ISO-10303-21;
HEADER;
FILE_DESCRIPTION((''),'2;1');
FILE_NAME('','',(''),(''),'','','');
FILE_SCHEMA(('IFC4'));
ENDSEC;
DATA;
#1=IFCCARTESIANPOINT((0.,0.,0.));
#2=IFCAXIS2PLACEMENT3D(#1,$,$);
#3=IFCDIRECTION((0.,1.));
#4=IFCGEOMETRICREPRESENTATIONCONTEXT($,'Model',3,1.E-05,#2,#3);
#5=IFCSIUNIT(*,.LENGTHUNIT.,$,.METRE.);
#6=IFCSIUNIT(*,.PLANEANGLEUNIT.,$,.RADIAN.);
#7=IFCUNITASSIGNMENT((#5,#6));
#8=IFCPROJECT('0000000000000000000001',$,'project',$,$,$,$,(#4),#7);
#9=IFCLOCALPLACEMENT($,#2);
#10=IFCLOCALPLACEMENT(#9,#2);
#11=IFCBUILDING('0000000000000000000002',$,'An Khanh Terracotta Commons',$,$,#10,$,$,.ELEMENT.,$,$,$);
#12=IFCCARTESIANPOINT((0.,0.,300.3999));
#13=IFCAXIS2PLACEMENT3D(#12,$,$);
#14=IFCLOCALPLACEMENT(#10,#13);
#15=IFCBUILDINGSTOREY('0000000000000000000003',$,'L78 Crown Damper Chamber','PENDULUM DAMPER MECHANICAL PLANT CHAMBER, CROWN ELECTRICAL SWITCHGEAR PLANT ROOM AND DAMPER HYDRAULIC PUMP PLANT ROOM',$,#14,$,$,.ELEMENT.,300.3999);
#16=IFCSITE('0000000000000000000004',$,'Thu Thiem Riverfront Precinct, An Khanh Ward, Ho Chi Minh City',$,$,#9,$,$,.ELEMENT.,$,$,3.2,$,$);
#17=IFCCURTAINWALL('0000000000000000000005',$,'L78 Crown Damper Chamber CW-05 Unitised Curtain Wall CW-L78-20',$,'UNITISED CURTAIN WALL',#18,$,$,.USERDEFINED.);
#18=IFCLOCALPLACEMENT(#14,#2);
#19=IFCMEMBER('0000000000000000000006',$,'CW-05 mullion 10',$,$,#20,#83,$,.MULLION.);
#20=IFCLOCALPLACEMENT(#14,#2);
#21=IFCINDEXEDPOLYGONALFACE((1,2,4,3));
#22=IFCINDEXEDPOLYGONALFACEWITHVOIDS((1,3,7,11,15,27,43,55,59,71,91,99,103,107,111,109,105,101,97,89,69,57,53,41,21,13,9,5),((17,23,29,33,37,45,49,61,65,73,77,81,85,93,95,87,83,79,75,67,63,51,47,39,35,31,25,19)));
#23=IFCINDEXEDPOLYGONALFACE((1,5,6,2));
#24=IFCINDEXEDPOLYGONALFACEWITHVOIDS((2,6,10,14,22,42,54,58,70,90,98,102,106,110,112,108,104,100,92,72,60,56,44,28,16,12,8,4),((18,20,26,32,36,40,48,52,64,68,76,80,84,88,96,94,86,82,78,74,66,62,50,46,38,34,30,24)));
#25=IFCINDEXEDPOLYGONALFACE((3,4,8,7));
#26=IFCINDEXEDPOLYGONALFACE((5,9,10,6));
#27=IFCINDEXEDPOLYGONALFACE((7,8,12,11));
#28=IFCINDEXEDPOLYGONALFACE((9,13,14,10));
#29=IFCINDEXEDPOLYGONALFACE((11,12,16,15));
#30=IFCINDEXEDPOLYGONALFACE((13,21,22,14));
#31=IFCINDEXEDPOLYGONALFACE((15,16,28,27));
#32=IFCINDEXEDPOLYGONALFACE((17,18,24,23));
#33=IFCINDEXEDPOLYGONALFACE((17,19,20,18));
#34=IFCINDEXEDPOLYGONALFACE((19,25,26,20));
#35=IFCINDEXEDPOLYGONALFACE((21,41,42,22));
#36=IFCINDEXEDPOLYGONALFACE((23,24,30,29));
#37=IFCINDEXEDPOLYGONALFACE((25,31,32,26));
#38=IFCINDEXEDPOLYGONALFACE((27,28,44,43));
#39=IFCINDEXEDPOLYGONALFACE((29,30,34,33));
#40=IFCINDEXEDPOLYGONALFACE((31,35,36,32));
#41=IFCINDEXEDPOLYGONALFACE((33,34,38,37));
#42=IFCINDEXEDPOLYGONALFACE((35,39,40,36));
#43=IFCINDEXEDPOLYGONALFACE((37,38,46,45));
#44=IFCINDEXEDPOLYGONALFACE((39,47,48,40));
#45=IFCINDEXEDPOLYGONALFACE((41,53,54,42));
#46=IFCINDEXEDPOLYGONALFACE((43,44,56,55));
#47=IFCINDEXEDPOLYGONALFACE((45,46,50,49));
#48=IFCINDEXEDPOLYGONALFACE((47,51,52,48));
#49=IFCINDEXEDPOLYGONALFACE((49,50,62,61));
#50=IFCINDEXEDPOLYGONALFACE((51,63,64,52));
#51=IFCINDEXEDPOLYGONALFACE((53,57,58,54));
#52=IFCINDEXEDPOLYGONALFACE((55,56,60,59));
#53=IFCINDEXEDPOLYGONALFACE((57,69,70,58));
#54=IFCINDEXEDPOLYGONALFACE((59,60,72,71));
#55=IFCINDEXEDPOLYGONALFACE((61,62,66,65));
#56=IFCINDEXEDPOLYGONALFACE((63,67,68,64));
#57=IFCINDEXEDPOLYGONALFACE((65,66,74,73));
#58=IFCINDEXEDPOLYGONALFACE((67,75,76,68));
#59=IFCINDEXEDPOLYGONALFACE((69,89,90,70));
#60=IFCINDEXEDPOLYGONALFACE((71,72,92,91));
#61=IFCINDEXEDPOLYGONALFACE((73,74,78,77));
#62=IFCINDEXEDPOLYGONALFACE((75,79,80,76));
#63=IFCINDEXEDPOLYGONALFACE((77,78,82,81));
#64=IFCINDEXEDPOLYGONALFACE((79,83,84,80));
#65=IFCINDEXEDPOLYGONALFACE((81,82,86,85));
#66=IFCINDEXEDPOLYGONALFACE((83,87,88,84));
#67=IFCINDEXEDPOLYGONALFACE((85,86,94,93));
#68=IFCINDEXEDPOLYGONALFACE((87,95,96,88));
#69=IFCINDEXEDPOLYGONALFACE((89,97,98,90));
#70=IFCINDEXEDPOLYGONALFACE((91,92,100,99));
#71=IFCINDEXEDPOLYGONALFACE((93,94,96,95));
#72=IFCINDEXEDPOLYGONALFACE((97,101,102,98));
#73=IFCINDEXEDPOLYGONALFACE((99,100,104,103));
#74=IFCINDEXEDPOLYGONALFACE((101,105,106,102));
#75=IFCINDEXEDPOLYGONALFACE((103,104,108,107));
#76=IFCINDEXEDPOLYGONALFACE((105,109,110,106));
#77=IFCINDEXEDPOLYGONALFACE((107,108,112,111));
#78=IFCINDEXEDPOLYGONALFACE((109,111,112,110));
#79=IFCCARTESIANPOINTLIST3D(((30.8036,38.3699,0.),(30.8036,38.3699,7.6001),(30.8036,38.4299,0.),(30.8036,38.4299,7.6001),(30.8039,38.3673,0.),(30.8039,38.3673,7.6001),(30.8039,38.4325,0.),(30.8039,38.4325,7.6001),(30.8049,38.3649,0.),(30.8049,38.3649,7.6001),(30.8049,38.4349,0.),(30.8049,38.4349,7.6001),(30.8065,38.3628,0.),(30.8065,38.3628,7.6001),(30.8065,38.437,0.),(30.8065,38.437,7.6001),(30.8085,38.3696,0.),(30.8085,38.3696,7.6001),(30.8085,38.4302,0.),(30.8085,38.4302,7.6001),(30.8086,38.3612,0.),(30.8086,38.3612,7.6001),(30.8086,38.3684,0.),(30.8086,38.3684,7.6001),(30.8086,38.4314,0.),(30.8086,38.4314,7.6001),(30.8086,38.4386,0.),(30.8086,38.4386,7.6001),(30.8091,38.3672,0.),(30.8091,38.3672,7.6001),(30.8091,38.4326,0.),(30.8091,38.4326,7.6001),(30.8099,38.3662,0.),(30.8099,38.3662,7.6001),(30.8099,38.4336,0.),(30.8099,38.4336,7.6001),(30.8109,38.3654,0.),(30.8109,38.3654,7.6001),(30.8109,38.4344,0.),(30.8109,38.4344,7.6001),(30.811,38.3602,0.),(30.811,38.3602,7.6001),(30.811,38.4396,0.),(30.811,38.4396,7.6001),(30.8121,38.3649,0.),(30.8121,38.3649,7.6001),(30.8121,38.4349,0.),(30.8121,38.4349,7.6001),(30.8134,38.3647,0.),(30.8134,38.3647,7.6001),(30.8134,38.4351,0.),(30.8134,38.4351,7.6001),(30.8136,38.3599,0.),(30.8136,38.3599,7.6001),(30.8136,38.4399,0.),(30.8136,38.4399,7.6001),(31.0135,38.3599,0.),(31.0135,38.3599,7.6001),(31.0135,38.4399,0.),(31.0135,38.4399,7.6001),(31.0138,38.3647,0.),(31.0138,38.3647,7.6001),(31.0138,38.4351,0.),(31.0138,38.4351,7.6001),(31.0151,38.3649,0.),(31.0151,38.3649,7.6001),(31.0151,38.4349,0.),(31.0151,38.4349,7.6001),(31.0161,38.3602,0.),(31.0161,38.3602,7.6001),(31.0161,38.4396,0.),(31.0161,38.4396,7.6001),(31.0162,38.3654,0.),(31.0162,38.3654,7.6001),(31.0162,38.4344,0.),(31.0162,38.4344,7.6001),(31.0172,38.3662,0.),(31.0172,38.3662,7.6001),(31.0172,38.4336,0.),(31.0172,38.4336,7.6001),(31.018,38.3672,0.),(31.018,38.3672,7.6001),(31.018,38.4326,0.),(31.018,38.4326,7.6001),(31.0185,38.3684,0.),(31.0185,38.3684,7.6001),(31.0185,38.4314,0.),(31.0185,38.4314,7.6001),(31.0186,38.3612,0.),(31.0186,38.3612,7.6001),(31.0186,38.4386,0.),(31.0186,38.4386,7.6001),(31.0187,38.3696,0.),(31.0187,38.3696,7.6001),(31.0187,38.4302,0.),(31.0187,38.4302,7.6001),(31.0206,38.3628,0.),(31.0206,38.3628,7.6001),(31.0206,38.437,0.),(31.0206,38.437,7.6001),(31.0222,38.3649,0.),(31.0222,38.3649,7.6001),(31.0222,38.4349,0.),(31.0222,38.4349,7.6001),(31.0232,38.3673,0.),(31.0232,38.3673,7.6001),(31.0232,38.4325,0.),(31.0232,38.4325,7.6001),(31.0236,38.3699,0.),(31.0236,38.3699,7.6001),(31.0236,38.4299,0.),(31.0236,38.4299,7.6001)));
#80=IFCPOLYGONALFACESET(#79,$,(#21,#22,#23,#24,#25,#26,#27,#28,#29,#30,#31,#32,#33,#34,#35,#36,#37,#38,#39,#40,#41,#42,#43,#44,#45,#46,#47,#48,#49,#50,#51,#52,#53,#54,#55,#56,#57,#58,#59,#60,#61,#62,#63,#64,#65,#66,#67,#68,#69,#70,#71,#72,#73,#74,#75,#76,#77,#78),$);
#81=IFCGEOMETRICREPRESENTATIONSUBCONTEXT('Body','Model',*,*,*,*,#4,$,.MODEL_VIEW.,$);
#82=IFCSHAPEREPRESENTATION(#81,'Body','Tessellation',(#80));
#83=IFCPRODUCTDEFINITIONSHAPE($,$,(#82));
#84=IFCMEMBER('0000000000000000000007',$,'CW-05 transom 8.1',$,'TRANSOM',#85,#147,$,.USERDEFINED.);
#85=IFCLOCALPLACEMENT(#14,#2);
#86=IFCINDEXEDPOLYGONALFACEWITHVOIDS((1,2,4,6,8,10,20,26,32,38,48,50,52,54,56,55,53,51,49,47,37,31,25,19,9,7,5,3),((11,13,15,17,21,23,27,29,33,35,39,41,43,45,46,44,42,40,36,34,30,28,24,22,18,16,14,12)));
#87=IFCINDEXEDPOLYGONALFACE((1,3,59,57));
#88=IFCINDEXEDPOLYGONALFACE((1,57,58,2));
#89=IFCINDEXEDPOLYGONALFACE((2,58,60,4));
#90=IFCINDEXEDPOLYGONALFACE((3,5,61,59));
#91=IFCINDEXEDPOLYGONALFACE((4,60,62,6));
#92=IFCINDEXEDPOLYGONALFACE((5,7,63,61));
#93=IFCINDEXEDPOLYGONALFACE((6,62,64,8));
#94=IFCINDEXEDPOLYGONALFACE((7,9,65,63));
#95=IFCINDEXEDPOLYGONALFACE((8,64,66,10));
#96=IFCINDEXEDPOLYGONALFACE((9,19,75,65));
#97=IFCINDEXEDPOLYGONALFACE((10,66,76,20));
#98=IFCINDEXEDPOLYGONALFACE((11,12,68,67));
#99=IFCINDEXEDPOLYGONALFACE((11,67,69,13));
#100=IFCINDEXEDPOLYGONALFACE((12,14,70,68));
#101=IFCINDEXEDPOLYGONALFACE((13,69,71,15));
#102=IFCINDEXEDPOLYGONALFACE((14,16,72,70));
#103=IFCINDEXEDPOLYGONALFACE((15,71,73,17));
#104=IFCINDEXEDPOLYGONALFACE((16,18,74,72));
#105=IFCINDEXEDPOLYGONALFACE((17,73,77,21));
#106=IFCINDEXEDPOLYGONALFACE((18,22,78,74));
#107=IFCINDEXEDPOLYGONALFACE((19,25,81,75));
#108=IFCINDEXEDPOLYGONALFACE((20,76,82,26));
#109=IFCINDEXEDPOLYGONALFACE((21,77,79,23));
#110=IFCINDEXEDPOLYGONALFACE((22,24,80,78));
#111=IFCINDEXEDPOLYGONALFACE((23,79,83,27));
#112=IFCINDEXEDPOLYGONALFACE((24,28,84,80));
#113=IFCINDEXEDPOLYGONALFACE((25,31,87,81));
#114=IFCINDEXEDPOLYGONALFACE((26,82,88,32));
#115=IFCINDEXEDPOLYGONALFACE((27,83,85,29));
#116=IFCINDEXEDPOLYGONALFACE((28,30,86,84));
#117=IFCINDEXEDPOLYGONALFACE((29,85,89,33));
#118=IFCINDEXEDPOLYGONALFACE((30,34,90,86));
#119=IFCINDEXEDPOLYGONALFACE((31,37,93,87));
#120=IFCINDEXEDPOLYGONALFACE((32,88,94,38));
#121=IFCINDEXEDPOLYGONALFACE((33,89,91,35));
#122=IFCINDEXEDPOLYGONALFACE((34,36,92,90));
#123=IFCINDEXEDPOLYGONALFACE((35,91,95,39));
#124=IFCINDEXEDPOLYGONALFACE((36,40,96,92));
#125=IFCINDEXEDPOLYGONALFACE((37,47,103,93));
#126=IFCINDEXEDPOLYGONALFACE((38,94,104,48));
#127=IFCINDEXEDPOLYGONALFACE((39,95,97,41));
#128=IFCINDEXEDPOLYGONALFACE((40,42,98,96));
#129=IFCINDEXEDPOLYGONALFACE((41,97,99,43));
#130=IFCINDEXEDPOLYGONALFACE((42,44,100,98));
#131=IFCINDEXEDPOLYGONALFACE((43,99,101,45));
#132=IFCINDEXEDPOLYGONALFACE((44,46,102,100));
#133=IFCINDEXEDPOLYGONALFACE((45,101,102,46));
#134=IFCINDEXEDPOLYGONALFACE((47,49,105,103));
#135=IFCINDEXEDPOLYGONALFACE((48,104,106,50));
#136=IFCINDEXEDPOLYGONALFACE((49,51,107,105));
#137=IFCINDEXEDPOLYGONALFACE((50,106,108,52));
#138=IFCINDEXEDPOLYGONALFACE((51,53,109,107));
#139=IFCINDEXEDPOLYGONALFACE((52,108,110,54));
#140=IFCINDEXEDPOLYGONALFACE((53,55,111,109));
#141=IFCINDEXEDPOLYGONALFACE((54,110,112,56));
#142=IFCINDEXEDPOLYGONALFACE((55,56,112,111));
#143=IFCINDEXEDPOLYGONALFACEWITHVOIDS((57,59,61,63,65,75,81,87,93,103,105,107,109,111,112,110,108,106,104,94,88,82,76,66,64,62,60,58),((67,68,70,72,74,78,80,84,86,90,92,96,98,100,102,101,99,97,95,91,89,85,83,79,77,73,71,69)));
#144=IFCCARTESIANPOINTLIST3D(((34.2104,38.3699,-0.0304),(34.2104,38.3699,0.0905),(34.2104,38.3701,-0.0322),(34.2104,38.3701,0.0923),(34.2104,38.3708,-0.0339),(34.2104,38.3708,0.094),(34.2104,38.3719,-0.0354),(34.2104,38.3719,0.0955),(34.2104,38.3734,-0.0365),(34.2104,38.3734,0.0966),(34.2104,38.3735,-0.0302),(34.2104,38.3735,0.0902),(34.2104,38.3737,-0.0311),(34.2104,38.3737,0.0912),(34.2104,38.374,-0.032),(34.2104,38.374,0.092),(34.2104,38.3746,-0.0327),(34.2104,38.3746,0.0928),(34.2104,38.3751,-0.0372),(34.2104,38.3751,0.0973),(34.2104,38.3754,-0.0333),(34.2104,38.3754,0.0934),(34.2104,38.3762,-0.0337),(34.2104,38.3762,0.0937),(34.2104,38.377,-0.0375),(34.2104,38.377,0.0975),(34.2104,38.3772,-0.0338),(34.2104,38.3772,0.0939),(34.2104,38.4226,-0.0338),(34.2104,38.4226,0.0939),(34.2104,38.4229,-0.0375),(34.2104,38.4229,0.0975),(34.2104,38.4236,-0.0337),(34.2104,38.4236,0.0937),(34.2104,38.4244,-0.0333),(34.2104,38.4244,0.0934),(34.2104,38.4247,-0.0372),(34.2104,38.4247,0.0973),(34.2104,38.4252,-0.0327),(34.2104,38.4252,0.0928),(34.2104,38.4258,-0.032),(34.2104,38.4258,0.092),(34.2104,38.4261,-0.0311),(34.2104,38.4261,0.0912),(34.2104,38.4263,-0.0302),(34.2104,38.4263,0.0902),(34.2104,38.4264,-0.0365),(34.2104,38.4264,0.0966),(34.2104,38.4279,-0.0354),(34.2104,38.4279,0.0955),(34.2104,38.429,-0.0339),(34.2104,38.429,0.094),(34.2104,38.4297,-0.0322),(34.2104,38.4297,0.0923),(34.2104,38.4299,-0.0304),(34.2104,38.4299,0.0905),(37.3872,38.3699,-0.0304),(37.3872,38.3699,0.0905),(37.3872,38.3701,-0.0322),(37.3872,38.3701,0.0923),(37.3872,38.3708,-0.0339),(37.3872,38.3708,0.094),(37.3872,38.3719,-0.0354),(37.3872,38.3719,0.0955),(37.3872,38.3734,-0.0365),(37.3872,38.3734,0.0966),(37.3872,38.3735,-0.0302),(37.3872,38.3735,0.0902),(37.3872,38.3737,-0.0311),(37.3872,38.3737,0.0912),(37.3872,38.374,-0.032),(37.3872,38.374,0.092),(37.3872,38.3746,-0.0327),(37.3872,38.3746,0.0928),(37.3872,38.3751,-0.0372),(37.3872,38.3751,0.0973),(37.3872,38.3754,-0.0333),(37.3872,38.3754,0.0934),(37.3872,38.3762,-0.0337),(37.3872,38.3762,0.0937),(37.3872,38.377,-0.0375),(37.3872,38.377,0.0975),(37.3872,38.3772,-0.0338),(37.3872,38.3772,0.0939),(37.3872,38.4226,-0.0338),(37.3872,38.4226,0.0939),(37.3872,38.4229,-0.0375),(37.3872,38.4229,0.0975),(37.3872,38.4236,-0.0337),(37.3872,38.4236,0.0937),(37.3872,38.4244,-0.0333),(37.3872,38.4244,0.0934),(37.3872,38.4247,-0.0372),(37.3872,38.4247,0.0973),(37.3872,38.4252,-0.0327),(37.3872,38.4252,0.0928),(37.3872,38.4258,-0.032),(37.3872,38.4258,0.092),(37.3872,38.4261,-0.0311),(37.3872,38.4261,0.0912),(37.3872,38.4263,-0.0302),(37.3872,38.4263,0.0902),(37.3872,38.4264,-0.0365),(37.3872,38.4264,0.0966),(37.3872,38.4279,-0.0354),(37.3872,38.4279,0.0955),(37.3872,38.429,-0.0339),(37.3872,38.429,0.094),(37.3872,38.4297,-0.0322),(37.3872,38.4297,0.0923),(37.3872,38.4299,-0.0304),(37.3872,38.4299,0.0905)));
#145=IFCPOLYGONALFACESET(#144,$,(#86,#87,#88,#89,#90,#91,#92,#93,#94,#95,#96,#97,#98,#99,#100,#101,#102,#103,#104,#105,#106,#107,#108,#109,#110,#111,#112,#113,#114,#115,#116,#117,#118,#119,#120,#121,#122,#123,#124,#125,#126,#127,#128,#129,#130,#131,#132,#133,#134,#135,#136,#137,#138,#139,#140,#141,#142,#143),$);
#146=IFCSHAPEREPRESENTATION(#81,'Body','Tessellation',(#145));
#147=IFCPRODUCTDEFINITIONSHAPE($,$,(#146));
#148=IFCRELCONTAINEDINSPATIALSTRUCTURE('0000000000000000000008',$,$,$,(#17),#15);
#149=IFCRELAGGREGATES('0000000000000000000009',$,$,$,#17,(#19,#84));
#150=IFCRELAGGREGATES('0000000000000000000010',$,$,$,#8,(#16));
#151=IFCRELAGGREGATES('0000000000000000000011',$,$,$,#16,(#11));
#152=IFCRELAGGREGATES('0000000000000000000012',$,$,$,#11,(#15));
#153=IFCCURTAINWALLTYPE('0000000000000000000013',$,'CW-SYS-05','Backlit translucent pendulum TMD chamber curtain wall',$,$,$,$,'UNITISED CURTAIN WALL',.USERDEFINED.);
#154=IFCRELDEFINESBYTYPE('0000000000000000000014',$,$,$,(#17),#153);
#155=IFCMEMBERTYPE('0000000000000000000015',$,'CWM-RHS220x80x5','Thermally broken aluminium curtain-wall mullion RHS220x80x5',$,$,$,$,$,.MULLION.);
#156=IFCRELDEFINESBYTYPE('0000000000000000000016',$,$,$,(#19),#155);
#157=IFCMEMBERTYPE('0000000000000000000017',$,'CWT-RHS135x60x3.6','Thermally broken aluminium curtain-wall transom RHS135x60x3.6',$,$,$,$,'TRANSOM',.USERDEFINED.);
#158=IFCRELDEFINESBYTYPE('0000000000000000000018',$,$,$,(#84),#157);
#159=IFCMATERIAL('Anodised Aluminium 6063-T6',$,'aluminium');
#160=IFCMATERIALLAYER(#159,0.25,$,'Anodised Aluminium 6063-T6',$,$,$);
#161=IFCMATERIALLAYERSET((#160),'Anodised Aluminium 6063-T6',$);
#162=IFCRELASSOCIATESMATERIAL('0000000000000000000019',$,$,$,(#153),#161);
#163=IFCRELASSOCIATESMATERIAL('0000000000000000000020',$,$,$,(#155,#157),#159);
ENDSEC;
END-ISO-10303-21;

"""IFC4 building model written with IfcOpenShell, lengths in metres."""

from ifc_helpers import new_model, si_unit, direction, frame, origin, origin_2d, place, context, subcontext, project, spatial, hollow_rectangle, extrude, material, layer, layer_set, material_profile, profile_set, type_object, element, aggregate, save


model = new_model("IFC4")

# Units and contexts
model_context = context("Model", 3, precision=1e-05, world=origin(), true_north=direction((0.0, 1.0)))
body_context = subcontext(model_context, "Body", "Model", "MODEL_VIEW")
ifc_project = project(units=[si_unit("LENGTHUNIT", "METRE"), si_unit("PLANEANGLEUNIT", "RADIAN")], contexts=[model_context])

# Site, building, storey
site_placement = place(None, origin())
site = spatial("IfcSite", under=ifc_project, at=site_placement, Name="Thu Thiem Riverfront Precinct, An Khanh Ward, Ho Chi Minh City", CompositionType="ELEMENT", RefElevation=3.2)
building_placement = place(site_placement, origin())
building = spatial("IfcBuilding", under=site, at=building_placement, Name="An Khanh Terracotta Commons", CompositionType="ELEMENT")
storey_placement = place(building_placement, frame((0.0, 0.0, 300.3999)))
storey = spatial("IfcBuildingStorey", under=building, at=storey_placement, Name="L78 Crown Damper Chamber", Description="PENDULUM DAMPER MECHANICAL PLANT CHAMBER, CROWN ELECTRICAL SWITCHGEAR PLANT ROOM AND DAMPER HYDRAULIC PUMP PLANT ROOM", CompositionType="ELEMENT", Elevation=300.3999)

# Curtain wall, members
ifc_material_1 = material(Name="Anodised Aluminium 6063-T6", Category="aluminium")
ifc_layer_1 = layer(ifc_material_1, 0.25, Name="Anodised Aluminium 6063-T6")
ifc_layer_set_1 = layer_set([ifc_layer_1], Name="Anodised Aluminium 6063-T6")
curtain_wall_type = type_object("IfcCurtainWallType", Name="CW-SYS-05", Description="Backlit translucent pendulum TMD chamber curtain wall", ElementType="UNITISED CURTAIN WALL", PredefinedType="USERDEFINED", material=ifc_layer_set_1)
curtain_wall_placement = place(storey_placement, origin())
curtain_wall = element("IfcCurtainWall", 1, at=curtain_wall_placement, inside=storey, type_object=curtain_wall_type, Name="L78 Crown Damper Chamber CW-05 Unitised Curtain Wall CW-L78-20", ObjectType="UNITISED CURTAIN WALL", PredefinedType="USERDEFINED")
ifc_material_profile_1 = material_profile(ifc_material_1, hollow_rectangle(XDim=0.0801, YDim=0.22, WallThickness=0.0049, InnerFilletRadius=0.0049, OuterFilletRadius=0.01, at=origin_2d()), Name="RHS220x80x5")
ifc_profile_set_1 = profile_set([ifc_material_profile_1], Name="Anodised Aluminium 6063-T6")
member_type_1 = type_object("IfcMemberType", Name="CWM-RHS220x80x5", Description="Thermally broken aluminium curtain-wall mullion RHS220x80x5", PredefinedType="MULLION", material=ifc_profile_set_1)
member_1_placement = place(storey_placement, frame((30.9136, 38.3999, 0.0), z_axis=(0.0, 0.0, 1.0), x_axis=(0.0, -1.0, 0.0)))
member_1 = element("IfcMember", 2, at=member_1_placement, type_object=member_type_1, Name="CW-05 mullion 10", PredefinedType="MULLION", context=body_context, shape_type="SweptSolid", body=[
    extrude(hollow_rectangle(XDim=0.0801, YDim=0.22, WallThickness=0.0049, InnerFilletRadius=0.0049, OuterFilletRadius=0.01, at=origin_2d()), origin(), (0.0, 0.0, 1.0), 7.6001),
])
ifc_material_profile_2 = material_profile(ifc_material_1, hollow_rectangle(XDim=0.0601, YDim=0.135, WallThickness=0.0037, InnerFilletRadius=0.0037, OuterFilletRadius=0.0071, at=origin_2d()), Name="RHS135x60x3.6")
ifc_profile_set_2 = profile_set([ifc_material_profile_2], Name="Anodised Aluminium 6063-T6")
member_type_2 = type_object("IfcMemberType", Name="CWT-RHS135x60x3.6", Description="Thermally broken aluminium curtain-wall transom RHS135x60x3.6", ElementType="TRANSOM", PredefinedType="USERDEFINED", material=ifc_profile_set_2)
member_2_placement = place(storey_placement, frame((37.3872, 38.3999, 0.03), z_axis=(-1.0, 0.0, 0.0), x_axis=(0.0, -1.0, 0.0)))
member_2 = element("IfcMember", 3, at=member_2_placement, type_object=member_type_2, Name="CW-05 transom 8.1", ObjectType="TRANSOM", PredefinedType="USERDEFINED", context=body_context, shape_type="SweptSolid", body=[
    extrude(hollow_rectangle(XDim=0.0601, YDim=0.135, WallThickness=0.0037, InnerFilletRadius=0.0037, OuterFilletRadius=0.0071, at=origin_2d()), origin(), (0.0, 0.0, 1.0), 3.1768),
])
aggregate(curtain_wall, [member_1, member_2])

save(model, "model.ifc")
